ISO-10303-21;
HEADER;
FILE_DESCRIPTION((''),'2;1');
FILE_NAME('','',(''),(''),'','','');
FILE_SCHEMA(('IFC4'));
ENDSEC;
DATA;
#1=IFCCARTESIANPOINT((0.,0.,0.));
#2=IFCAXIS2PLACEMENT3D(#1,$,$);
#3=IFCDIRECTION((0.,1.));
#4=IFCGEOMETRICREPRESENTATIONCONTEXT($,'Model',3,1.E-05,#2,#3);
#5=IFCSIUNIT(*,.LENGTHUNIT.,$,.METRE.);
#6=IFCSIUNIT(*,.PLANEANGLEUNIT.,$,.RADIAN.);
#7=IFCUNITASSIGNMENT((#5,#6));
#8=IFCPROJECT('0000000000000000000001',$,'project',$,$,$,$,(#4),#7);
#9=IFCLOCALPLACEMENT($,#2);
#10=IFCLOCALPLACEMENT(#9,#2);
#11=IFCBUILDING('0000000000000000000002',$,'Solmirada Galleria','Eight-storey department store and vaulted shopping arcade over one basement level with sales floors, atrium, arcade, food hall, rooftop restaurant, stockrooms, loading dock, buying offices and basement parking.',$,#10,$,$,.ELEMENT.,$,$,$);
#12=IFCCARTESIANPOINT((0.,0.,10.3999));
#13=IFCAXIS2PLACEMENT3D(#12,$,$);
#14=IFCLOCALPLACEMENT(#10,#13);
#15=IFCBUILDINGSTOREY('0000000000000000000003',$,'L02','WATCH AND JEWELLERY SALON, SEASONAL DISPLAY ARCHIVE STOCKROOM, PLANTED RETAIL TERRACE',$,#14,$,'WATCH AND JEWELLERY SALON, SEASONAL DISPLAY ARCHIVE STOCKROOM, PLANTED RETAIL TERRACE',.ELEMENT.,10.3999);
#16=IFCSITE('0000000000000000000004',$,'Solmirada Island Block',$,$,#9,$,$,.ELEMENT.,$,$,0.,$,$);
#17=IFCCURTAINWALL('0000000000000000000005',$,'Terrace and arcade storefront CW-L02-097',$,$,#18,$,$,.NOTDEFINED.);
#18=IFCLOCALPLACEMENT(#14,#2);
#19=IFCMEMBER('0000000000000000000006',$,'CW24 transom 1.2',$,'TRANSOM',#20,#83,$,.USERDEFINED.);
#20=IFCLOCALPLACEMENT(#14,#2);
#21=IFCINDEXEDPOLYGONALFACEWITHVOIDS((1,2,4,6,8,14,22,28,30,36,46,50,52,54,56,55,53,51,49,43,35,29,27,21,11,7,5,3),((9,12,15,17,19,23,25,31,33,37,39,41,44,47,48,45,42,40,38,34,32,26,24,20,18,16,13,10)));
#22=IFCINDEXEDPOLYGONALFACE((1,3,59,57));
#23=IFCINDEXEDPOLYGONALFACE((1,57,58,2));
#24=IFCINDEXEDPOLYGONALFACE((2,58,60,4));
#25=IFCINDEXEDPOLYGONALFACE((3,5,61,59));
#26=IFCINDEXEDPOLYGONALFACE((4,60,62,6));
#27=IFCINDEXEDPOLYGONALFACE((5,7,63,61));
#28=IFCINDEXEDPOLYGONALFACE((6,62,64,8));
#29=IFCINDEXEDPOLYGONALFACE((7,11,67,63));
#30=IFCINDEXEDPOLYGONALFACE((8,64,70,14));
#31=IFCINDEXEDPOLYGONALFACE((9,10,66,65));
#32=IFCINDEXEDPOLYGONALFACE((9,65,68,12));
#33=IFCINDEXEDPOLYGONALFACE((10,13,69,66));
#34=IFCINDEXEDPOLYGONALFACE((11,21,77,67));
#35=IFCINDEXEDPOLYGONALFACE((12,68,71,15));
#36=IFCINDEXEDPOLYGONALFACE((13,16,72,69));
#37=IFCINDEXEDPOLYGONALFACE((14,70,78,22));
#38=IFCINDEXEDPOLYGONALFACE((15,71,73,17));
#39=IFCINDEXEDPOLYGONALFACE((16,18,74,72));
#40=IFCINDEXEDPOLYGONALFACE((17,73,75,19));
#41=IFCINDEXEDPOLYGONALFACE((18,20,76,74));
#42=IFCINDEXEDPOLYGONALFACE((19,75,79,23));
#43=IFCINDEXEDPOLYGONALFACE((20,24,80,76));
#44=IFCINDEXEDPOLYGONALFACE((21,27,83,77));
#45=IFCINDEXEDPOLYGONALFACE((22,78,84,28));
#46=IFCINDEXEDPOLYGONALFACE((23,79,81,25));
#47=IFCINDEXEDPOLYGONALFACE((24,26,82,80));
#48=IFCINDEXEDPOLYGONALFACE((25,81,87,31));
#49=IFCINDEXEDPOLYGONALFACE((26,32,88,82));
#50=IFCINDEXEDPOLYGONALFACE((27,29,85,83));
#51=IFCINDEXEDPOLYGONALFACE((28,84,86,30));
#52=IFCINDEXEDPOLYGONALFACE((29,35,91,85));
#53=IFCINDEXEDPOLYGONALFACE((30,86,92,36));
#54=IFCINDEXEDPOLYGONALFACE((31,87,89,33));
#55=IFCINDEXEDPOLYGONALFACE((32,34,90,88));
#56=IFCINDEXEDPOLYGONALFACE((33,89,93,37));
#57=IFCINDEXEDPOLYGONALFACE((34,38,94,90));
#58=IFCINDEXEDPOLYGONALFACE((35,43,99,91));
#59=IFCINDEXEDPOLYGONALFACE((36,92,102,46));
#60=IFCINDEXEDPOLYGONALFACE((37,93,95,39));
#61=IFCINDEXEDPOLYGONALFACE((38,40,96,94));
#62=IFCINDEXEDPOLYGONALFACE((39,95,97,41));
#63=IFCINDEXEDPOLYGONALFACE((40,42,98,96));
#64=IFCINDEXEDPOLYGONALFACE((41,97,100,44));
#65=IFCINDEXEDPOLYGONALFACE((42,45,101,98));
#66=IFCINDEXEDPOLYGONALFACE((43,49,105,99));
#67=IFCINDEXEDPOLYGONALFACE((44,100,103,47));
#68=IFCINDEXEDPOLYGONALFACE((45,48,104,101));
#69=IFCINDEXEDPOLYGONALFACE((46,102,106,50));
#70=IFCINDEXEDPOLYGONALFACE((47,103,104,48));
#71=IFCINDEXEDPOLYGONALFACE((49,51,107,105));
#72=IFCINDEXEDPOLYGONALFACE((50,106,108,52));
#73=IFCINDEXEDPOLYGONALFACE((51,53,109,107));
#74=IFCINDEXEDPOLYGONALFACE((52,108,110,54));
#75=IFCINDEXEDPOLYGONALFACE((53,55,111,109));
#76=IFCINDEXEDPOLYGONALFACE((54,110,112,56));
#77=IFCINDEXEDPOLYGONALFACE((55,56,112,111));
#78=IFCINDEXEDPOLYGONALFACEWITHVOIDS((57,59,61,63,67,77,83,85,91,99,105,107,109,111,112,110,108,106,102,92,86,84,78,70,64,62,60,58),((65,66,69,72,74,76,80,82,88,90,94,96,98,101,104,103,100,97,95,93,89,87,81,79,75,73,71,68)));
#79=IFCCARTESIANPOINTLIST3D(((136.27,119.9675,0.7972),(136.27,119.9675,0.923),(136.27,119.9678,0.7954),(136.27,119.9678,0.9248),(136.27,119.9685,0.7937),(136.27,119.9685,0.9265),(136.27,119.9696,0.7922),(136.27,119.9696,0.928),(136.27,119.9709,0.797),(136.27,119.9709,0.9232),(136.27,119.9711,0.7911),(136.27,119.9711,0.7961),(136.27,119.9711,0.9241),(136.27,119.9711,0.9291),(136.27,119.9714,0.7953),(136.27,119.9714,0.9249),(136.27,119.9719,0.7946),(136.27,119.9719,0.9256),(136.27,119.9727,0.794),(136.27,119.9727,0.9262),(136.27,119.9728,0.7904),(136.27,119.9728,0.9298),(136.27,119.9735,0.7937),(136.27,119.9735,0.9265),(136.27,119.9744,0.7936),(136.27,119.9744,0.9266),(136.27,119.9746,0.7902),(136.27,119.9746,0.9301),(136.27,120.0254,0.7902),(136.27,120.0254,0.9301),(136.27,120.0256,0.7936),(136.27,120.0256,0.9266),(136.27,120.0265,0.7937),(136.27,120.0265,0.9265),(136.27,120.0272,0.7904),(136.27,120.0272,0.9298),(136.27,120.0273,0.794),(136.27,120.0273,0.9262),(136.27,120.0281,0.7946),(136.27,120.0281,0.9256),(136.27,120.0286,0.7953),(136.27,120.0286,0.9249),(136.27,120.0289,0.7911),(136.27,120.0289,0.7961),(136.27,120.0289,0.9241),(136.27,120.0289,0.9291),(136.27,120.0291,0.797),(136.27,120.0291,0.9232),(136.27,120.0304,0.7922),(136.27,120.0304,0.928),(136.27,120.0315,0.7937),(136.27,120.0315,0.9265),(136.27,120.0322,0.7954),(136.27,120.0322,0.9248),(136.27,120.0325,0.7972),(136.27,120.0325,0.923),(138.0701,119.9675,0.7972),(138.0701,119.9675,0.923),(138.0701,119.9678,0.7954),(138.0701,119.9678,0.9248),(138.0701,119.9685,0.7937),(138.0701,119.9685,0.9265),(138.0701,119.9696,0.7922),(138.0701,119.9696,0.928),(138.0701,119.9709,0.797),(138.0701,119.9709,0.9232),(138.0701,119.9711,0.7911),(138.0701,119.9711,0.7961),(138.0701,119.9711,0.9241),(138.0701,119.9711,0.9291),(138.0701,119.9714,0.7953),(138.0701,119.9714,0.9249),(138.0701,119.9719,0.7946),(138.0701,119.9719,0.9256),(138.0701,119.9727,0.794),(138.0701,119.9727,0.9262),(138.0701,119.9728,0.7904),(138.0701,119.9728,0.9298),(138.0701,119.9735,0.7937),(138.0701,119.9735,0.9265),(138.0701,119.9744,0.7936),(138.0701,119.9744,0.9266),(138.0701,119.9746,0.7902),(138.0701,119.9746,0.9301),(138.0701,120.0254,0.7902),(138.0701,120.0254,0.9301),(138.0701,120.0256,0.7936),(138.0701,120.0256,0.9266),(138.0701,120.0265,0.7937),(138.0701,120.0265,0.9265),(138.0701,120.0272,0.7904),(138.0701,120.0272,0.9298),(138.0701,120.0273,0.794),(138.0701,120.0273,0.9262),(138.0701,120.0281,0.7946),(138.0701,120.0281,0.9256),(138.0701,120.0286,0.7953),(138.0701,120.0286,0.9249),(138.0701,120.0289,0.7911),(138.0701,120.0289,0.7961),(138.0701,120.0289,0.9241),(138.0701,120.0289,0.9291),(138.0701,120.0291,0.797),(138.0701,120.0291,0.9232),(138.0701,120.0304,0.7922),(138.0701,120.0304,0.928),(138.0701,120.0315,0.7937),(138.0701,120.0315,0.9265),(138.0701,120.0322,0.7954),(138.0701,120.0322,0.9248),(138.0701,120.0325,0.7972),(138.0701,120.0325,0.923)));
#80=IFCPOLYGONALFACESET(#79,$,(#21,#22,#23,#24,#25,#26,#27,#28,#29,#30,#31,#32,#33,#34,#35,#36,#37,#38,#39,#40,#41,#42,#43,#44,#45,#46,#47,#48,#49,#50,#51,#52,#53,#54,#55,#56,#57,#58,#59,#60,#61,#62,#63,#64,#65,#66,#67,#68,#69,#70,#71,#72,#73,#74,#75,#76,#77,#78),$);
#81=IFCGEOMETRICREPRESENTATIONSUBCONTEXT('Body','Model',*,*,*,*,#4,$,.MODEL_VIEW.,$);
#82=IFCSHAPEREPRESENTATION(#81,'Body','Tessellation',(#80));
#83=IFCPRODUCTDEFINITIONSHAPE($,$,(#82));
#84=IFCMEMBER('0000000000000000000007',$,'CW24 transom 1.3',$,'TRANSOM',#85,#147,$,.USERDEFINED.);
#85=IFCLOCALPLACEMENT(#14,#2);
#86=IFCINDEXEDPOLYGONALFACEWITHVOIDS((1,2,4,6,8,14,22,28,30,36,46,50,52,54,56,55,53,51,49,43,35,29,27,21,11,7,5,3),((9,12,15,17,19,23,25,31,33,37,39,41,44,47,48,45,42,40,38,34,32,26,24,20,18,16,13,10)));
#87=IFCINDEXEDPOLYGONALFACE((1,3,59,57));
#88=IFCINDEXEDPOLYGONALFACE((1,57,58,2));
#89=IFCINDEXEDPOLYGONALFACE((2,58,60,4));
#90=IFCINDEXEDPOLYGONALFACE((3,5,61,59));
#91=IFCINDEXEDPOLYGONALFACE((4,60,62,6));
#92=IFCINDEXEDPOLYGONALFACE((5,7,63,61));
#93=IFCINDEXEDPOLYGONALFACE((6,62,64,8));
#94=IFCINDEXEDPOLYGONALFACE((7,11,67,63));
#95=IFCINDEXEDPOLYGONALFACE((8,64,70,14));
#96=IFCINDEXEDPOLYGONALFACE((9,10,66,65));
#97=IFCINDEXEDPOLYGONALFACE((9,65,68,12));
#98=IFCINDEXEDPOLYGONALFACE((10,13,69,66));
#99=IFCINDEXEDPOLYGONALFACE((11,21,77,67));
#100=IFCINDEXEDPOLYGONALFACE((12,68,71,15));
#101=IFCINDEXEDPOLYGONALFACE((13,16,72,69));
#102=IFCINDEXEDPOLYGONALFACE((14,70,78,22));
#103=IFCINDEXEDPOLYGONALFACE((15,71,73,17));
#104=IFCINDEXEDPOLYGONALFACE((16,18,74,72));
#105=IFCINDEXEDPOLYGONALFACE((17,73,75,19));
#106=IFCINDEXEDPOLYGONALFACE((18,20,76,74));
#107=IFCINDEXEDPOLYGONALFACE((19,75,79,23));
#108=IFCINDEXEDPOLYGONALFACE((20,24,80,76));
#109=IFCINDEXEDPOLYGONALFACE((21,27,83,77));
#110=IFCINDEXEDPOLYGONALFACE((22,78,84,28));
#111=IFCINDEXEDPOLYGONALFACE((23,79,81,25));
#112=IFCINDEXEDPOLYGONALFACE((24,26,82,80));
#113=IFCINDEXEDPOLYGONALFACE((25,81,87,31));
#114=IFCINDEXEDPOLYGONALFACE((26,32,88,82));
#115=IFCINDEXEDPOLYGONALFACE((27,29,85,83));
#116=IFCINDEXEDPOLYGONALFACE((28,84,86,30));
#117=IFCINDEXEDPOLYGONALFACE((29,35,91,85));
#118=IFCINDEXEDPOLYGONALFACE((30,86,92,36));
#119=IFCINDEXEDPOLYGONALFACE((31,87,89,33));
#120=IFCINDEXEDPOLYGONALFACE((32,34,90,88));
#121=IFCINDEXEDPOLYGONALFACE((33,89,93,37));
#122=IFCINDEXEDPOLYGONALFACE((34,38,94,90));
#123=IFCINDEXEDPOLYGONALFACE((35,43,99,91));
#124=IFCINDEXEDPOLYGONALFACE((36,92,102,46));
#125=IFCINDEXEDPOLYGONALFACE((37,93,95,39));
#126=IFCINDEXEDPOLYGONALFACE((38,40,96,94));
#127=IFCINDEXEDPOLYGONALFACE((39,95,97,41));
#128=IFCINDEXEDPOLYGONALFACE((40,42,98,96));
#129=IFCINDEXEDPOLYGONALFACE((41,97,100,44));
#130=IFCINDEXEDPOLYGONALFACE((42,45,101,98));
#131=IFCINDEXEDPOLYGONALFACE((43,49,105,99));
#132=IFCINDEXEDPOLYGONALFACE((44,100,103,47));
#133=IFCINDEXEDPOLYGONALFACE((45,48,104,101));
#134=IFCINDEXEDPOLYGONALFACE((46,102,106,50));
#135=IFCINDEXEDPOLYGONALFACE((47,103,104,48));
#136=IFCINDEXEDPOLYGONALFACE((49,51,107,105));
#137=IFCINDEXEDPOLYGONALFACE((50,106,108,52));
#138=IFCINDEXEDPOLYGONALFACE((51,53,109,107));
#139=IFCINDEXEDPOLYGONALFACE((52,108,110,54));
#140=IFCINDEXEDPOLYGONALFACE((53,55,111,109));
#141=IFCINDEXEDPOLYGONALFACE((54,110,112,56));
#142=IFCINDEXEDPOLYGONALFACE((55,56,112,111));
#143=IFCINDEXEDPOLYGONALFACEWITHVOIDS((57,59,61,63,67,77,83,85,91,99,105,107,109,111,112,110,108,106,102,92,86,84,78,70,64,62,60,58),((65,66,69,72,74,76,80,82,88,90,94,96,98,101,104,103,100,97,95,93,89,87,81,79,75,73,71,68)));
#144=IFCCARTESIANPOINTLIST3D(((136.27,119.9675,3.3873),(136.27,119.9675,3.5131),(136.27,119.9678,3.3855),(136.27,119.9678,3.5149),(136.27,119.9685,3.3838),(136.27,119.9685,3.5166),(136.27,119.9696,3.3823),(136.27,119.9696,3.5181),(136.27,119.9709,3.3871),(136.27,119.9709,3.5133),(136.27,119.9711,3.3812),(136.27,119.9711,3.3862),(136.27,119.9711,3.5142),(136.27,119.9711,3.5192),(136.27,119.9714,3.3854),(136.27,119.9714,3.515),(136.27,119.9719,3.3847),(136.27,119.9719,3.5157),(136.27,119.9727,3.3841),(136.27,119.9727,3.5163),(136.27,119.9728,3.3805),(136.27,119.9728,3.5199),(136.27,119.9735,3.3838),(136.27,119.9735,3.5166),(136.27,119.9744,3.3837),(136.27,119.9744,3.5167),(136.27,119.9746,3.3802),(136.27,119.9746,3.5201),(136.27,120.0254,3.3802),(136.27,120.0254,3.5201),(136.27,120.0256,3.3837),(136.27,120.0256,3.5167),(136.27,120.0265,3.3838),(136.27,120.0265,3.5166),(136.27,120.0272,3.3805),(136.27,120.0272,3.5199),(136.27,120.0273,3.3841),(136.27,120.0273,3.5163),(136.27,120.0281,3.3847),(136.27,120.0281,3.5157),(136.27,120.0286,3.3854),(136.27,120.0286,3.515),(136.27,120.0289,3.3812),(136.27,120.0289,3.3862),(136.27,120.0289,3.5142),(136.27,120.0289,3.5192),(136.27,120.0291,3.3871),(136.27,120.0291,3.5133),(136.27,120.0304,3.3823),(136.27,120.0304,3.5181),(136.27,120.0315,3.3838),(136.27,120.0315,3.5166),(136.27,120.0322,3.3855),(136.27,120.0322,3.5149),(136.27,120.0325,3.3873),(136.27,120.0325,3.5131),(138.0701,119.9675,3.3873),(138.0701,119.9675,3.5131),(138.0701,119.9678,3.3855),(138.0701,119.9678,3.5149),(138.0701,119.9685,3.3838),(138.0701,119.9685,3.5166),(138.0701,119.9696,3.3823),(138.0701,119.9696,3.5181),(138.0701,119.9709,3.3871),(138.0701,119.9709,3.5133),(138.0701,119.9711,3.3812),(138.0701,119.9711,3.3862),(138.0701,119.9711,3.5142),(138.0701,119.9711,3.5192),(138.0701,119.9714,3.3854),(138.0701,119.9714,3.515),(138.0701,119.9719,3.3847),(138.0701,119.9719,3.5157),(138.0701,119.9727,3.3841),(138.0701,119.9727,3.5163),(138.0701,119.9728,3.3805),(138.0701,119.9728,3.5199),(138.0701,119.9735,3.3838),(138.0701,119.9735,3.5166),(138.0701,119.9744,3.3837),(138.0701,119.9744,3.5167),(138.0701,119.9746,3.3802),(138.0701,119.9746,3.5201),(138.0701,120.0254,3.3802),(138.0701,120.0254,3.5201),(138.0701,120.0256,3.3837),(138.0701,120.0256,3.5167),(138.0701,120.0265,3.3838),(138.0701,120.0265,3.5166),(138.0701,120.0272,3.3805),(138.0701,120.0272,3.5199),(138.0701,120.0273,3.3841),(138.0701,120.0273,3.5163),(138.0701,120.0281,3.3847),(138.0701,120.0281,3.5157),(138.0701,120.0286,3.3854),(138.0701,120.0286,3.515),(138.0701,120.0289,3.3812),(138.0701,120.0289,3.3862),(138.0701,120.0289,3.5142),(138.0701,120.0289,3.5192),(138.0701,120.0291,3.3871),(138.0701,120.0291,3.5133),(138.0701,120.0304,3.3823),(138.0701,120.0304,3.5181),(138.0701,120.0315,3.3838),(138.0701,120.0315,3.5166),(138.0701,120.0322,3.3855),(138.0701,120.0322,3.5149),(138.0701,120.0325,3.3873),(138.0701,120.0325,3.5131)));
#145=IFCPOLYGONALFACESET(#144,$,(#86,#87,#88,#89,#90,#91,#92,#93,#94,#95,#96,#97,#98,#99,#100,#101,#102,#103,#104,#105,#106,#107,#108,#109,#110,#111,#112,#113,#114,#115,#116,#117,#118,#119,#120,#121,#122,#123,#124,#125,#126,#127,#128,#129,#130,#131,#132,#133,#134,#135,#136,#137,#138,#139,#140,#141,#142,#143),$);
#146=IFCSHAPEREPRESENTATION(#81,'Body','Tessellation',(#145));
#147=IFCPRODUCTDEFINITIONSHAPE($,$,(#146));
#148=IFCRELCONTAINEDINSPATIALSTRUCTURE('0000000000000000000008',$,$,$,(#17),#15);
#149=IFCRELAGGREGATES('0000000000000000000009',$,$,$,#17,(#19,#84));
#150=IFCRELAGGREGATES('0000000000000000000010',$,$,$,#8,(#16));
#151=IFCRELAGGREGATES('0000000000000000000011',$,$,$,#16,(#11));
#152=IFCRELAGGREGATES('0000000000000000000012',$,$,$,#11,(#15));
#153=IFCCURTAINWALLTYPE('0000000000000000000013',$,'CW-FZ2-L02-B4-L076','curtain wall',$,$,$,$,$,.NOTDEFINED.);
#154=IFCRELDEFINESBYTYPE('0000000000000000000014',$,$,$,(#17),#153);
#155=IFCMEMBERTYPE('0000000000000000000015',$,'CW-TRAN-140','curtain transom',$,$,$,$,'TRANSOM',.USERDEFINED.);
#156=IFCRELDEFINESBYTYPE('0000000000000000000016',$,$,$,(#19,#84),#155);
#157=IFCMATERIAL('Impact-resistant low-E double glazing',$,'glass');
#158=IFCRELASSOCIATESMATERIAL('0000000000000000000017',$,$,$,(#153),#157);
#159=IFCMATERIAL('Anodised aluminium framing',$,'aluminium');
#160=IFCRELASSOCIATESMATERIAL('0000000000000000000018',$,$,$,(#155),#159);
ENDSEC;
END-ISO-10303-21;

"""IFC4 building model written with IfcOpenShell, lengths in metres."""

from ifc_helpers import new_model, si_unit, direction, frame, origin, origin_2d, place, context, subcontext, project, spatial, hollow_rectangle, extrude, material, material_profile, profile_set, type_object, element, aggregate, save


model = new_model("IFC4")

# Units and contexts
model_context = context("Model", 3, precision=1e-05, world=origin(), true_north=direction((0.0, 1.0)))
body_context = subcontext(model_context, "Body", "Model", "MODEL_VIEW")
ifc_project = project(units=[si_unit("LENGTHUNIT", "METRE"), si_unit("PLANEANGLEUNIT", "RADIAN")], contexts=[model_context])

# Site, building, storey
site_placement = place(None, origin())
site = spatial("IfcSite", under=ifc_project, at=site_placement, Name="Solmirada Island Block", CompositionType="ELEMENT", RefElevation=0.0)
building_placement = place(site_placement, origin())
building = spatial("IfcBuilding", under=site, at=building_placement, Name="Solmirada Galleria", Description="Eight-storey department store and vaulted shopping arcade over one basement level with sales floors, atrium, arcade, food hall, rooftop restaurant, stockrooms, loading dock, buying offices and basement parking.", CompositionType="ELEMENT")
storey_placement = place(building_placement, frame((0.0, 0.0, 10.3999)))
storey = spatial("IfcBuildingStorey", under=building, at=storey_placement, Name="L02", Description="WATCH AND JEWELLERY SALON, SEASONAL DISPLAY ARCHIVE STOCKROOM, PLANTED RETAIL TERRACE", LongName="WATCH AND JEWELLERY SALON, SEASONAL DISPLAY ARCHIVE STOCKROOM, PLANTED RETAIL TERRACE", CompositionType="ELEMENT", Elevation=10.3999)

# Shared definitions
ifc_material_1 = material(Name="Impact-resistant low-E double glazing", Category="glass")
curtain_wall_type = type_object("IfcCurtainWallType", Name="CW-FZ2-L02-B4-L076", Description="curtain wall", PredefinedType="NOTDEFINED", material=ifc_material_1)
ifc_material_2 = material(Name="Anodised aluminium framing", Category="aluminium")

# Curtain wall, members
curtain_wall_1_placement = place(storey_placement, origin())
curtain_wall_1 = element("IfcCurtainWall", 1, at=curtain_wall_1_placement, inside=storey, type_object=curtain_wall_type, Name="Terrace and arcade storefront CW-L02-097", PredefinedType="NOTDEFINED")
ifc_material_profile_1 = material_profile(ifc_material_2, hollow_rectangle(XDim=0.0649, YDim=0.1399, WallThickness=0.0034, InnerFilletRadius=0.0034, OuterFilletRadius=0.0071, at=origin_2d()), Name="ALU-TRAN-140X65")
ifc_profile_set_1 = profile_set([ifc_material_profile_1], Name="Anodised aluminium framing")
member_type_1 = type_object("IfcMemberType", Name="CW-TRAN-140", Description="curtain transom", ElementType="TRANSOM", PredefinedType="USERDEFINED", material=ifc_profile_set_1)
member_1_placement = place(storey_placement, frame((136.27, 120.0, 0.8601), z_axis=(1.0, 0.0, 0.0), x_axis=(0.0, 1.0, 0.0)))
member_1 = element("IfcMember", 2, at=member_1_placement, type_object=member_type_1, Name="CW24 transom 1.2", ObjectType="TRANSOM", PredefinedType="USERDEFINED", context=body_context, shape_type="SweptSolid", body=[
    extrude(hollow_rectangle(XDim=0.0649, YDim=0.1399, WallThickness=0.0034, InnerFilletRadius=0.0034, OuterFilletRadius=0.0071, at=origin_2d()), origin(), (0.0, 0.0, 1.0), 1.8),
])
member_2_placement = place(storey_placement, frame((136.27, 120.0, 3.4502), z_axis=(1.0, 0.0, 0.0), x_axis=(0.0, 1.0, 0.0)))
member_2 = element("IfcMember", 3, at=member_2_placement, type_object=member_type_1, Name="CW24 transom 1.3", ObjectType="TRANSOM", PredefinedType="USERDEFINED", context=body_context, shape_type="SweptSolid", body=[
    extrude(hollow_rectangle(XDim=0.0649, YDim=0.1399, WallThickness=0.0034, InnerFilletRadius=0.0034, OuterFilletRadius=0.0071, at=origin_2d()), origin(), (0.0, 0.0, 1.0), 1.8),
])
aggregate(curtain_wall_1, [member_1, member_2])

save(model, "model.ifc")
